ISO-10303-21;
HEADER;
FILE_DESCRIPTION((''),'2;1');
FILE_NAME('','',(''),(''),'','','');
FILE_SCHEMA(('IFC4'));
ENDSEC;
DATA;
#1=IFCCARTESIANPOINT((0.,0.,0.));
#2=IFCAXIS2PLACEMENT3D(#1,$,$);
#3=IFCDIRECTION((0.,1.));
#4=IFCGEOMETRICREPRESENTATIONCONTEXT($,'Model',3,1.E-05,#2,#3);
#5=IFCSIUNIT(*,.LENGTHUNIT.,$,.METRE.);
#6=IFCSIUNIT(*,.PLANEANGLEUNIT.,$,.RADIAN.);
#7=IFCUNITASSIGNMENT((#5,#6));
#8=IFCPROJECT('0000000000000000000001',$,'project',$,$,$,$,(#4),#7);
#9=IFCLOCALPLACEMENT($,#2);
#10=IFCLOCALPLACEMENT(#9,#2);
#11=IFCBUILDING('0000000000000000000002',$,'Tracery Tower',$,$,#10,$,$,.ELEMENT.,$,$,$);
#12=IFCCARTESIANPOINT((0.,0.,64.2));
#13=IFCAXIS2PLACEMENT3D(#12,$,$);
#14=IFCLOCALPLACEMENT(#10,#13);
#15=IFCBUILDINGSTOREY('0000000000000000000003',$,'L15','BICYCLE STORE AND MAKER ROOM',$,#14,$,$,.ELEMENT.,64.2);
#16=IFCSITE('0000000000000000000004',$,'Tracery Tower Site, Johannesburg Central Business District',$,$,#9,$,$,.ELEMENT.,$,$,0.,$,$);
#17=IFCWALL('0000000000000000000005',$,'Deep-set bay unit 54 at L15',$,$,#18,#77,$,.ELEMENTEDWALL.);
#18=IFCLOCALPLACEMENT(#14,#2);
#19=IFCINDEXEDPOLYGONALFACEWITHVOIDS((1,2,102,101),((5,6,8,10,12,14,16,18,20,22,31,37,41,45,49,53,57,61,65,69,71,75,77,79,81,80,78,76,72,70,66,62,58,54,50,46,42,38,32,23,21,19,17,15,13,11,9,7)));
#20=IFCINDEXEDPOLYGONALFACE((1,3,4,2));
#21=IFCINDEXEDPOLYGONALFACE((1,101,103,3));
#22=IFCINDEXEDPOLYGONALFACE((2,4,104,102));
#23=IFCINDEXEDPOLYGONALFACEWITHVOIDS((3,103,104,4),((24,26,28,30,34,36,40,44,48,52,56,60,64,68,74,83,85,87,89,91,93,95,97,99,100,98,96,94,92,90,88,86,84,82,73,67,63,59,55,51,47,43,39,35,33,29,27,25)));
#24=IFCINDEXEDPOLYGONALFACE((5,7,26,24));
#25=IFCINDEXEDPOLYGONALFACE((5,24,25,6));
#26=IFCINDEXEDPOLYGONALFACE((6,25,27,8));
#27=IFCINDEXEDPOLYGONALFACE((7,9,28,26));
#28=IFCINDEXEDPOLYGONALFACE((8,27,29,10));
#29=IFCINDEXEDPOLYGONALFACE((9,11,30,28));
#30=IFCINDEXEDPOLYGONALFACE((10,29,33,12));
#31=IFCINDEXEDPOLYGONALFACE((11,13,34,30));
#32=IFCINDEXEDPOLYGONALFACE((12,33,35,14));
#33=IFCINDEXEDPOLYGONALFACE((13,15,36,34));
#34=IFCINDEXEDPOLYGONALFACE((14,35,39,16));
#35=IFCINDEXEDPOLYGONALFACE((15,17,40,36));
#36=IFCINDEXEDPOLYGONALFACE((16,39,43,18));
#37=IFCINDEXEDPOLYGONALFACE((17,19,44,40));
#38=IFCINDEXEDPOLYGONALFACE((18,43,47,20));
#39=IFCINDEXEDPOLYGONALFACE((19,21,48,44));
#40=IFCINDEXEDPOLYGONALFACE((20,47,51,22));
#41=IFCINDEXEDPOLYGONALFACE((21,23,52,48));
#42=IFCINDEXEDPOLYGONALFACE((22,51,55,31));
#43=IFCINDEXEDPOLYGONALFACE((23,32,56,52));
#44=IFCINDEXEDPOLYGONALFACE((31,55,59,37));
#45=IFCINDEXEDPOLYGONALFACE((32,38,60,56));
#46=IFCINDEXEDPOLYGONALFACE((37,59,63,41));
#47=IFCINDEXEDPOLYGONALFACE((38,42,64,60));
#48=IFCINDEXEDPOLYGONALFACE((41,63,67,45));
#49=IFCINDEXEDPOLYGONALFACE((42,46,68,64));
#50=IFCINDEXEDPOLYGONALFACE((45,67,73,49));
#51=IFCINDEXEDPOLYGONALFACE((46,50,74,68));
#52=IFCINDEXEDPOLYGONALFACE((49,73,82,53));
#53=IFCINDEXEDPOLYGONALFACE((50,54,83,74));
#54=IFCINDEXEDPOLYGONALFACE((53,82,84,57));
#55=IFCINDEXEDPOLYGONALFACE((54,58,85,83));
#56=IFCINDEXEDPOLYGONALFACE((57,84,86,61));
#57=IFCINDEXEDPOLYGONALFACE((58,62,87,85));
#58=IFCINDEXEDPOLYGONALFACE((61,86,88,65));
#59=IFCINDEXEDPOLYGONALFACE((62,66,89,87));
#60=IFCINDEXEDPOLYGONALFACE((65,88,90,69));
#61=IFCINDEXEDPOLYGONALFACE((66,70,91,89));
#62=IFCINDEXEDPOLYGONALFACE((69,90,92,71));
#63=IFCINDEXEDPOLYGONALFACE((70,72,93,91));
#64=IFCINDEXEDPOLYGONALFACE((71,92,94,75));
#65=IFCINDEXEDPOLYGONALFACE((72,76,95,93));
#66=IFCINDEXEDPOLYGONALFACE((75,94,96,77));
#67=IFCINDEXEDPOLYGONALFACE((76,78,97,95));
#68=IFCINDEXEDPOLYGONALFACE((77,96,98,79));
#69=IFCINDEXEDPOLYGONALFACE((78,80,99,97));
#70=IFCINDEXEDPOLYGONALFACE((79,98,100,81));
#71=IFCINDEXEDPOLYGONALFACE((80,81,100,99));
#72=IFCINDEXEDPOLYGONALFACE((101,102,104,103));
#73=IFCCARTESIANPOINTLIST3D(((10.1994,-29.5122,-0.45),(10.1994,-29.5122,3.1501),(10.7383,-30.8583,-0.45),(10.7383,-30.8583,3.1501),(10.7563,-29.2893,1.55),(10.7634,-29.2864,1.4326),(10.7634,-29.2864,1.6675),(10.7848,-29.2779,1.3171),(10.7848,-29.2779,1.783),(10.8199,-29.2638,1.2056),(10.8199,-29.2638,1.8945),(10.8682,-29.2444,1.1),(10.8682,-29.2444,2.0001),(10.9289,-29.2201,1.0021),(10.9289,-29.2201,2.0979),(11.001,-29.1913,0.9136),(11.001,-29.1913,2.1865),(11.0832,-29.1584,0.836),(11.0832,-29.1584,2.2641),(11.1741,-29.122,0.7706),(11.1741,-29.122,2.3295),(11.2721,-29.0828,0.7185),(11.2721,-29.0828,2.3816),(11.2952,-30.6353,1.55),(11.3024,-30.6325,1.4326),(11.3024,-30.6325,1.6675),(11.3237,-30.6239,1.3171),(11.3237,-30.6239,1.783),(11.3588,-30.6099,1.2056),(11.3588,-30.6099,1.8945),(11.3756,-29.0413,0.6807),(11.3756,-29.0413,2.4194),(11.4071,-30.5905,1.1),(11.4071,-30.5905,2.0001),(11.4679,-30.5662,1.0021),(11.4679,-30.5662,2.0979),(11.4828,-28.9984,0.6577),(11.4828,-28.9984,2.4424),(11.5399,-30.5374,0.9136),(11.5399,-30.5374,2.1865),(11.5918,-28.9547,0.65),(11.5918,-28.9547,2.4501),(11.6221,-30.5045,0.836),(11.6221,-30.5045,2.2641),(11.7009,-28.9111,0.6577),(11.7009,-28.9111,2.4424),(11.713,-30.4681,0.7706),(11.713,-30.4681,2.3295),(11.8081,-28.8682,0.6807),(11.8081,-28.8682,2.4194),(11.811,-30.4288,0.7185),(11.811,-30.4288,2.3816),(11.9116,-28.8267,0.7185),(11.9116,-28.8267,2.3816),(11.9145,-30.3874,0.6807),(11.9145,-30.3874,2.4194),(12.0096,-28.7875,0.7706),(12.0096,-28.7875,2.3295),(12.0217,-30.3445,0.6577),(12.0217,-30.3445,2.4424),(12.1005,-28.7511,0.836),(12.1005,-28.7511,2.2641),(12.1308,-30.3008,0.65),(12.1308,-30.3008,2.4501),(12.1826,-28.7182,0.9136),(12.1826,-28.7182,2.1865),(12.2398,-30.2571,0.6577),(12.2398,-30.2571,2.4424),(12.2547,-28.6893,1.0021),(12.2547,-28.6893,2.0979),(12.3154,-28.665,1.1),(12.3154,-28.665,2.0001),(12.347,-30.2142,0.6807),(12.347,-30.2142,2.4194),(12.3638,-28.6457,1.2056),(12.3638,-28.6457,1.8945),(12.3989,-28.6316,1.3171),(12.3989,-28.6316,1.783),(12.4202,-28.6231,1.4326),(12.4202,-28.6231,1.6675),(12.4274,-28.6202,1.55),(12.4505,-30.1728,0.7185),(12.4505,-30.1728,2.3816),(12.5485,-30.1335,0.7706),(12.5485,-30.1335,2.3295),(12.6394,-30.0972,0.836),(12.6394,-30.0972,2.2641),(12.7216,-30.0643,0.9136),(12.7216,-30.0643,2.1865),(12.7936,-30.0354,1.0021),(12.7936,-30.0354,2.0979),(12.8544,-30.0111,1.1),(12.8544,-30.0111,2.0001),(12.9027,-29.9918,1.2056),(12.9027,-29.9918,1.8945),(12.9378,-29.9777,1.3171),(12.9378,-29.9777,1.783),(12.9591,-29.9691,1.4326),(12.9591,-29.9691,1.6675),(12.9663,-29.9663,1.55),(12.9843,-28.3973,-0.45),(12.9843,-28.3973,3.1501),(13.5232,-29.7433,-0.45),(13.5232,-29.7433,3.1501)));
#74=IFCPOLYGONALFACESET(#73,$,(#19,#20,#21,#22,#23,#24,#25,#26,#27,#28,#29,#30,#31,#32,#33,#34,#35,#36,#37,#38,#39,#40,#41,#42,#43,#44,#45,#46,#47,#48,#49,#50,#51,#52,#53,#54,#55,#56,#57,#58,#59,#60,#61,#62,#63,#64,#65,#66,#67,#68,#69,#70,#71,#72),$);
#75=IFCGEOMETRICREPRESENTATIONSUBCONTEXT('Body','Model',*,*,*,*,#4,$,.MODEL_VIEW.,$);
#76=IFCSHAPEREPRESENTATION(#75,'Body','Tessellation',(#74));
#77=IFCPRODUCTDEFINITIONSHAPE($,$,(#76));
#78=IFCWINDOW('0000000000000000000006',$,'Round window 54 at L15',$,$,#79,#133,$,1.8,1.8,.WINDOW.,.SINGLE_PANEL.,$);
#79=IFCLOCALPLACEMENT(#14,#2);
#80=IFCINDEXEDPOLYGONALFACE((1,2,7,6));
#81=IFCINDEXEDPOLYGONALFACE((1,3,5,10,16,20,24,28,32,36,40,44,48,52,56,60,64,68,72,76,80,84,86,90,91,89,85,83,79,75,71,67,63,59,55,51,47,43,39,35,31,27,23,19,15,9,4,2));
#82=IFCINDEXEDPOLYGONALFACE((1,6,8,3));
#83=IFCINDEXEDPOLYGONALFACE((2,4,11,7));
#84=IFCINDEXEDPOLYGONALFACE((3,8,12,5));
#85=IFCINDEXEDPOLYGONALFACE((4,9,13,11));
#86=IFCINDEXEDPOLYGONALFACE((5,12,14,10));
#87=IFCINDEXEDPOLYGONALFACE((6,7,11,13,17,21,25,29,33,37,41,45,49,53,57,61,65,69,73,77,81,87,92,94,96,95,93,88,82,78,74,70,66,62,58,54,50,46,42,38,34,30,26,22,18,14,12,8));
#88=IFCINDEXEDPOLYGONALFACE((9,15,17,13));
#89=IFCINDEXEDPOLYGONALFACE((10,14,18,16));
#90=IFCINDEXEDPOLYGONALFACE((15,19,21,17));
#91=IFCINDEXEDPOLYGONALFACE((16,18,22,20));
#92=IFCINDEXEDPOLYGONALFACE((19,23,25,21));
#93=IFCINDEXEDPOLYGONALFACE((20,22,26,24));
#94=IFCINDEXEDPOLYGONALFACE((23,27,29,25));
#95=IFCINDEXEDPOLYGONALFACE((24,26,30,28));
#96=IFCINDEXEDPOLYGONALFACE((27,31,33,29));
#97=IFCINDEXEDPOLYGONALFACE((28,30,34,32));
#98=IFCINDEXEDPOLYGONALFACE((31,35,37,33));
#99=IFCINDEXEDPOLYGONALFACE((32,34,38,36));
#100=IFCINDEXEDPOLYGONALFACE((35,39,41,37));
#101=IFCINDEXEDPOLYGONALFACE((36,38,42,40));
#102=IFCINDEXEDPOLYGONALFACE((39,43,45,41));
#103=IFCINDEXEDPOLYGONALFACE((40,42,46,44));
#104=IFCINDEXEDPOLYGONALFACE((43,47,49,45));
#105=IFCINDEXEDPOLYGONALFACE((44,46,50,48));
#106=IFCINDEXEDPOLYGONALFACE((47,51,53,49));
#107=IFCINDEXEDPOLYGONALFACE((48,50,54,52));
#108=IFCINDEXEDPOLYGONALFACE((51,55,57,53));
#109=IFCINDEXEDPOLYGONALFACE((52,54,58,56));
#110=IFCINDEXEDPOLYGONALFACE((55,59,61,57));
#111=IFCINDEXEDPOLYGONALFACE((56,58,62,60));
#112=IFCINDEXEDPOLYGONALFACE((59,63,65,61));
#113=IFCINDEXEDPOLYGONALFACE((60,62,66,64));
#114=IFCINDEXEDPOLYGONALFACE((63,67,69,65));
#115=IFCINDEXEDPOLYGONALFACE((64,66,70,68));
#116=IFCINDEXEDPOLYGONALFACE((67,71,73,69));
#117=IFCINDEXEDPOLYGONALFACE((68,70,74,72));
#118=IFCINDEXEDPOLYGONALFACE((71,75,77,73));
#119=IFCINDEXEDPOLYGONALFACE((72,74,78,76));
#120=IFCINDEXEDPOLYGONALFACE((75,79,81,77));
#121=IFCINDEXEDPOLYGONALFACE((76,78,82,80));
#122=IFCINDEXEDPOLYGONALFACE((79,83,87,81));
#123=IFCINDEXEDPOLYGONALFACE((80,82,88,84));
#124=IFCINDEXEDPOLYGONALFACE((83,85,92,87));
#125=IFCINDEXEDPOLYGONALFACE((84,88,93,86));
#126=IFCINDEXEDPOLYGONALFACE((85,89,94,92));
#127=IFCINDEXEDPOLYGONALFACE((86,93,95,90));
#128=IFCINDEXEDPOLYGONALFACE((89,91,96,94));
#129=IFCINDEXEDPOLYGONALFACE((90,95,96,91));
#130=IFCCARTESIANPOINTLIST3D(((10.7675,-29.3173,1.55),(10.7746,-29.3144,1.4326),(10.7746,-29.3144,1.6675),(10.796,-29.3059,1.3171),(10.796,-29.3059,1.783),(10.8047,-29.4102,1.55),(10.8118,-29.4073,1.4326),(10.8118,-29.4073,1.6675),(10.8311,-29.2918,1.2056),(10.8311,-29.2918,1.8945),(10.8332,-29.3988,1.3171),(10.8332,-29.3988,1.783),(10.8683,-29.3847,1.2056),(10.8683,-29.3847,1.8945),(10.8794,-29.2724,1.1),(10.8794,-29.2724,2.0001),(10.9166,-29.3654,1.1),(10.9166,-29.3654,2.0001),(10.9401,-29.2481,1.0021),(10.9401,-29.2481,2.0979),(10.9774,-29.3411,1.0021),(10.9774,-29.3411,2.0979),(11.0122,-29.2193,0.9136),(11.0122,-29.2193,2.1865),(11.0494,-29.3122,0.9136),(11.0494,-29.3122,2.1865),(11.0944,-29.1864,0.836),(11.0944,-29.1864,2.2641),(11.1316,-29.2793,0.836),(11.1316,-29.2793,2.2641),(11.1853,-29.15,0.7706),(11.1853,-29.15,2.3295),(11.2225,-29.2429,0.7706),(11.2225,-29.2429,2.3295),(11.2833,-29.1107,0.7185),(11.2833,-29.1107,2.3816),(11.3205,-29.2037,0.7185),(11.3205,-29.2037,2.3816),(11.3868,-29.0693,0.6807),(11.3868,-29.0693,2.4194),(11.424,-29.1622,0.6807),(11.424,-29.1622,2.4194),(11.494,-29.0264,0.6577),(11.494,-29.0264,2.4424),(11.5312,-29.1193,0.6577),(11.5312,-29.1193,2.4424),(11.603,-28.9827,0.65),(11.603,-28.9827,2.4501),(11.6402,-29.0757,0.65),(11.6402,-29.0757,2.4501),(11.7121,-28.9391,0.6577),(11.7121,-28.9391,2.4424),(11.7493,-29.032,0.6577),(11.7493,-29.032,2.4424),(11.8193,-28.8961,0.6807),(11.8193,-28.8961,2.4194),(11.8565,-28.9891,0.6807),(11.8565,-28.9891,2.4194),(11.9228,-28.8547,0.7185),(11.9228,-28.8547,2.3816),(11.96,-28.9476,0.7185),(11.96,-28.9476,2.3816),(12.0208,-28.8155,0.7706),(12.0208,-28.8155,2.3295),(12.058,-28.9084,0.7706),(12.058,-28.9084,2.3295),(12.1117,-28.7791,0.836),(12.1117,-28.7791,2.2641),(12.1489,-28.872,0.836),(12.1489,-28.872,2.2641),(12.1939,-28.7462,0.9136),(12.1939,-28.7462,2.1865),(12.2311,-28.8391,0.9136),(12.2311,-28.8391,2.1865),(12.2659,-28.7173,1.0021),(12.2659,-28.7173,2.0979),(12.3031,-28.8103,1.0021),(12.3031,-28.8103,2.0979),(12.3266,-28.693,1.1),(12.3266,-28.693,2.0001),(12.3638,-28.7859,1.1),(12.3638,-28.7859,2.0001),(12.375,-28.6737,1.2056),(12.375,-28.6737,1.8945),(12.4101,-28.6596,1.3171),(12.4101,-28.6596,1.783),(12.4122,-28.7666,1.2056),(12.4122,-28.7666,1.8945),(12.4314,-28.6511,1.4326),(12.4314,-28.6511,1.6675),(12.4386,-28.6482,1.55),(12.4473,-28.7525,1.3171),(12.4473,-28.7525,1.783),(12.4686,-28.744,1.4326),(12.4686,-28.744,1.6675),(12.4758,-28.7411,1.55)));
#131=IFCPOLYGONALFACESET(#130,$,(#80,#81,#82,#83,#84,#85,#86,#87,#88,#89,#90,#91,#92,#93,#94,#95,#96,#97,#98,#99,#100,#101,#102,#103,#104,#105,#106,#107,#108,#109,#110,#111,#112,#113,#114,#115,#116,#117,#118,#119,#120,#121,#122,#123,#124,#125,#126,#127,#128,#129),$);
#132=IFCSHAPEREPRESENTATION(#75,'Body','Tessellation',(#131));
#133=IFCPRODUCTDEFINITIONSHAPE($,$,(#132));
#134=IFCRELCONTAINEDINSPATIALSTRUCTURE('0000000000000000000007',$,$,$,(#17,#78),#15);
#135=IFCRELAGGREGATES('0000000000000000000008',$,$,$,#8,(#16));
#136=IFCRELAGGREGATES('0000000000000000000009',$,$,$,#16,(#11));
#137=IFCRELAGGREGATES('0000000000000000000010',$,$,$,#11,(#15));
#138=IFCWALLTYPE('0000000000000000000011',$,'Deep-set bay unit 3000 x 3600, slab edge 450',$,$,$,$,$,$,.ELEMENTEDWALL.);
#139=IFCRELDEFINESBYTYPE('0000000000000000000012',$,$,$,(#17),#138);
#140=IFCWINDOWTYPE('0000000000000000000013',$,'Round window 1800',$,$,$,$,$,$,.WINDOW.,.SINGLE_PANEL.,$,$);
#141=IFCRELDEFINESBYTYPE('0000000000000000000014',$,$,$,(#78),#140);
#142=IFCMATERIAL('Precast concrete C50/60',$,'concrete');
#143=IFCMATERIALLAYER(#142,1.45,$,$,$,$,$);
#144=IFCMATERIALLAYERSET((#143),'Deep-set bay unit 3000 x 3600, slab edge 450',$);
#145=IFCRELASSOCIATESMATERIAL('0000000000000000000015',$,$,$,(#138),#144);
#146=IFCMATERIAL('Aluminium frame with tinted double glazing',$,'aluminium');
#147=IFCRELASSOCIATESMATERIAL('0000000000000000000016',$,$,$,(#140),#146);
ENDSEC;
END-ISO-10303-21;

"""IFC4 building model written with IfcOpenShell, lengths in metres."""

from ifc_helpers import new_model, si_unit, direction, frame, frame_2d, origin, origin_2d, place, context, subcontext, project, spatial, rectangle, circle, extrude, material, layer, layer_set, type_object, element, fill, save


model = new_model("IFC4")

# Units and contexts
model_context = context("Model", 3, precision=1e-05, world=origin(), true_north=direction((0.0, 1.0)))
body_context = subcontext(model_context, "Body", "Model", "MODEL_VIEW")
ifc_project = project(units=[si_unit("LENGTHUNIT", "METRE"), si_unit("PLANEANGLEUNIT", "RADIAN")], contexts=[model_context])

# Site, building, storey
site_placement = place(None, origin())
site = spatial("IfcSite", under=ifc_project, at=site_placement, Name="Tracery Tower Site, Johannesburg Central Business District", CompositionType="ELEMENT", RefElevation=0.0)
building_placement = place(site_placement, origin())
building = spatial("IfcBuilding", under=site, at=building_placement, Name="Tracery Tower", CompositionType="ELEMENT")
storey_placement = place(building_placement, frame((0.0, 0.0, 64.2)))
storey = spatial("IfcBuildingStorey", under=building, at=storey_placement, Name="L15", Description="BICYCLE STORE AND MAKER ROOM", CompositionType="ELEMENT", Elevation=64.2)

# Wall, opening, window
ifc_material_1 = material(Name="Precast concrete C50/60", Category="concrete")
ifc_layer_1 = layer(ifc_material_1, 1.45)
ifc_layer_set_1 = layer_set([ifc_layer_1], Name="Deep-set bay unit 3000 x 3600, slab edge 450")
wall_type_1 = type_object("IfcWallType", Name="Deep-set bay unit 3000 x 3600, slab edge 450", PredefinedType="ELEMENTEDWALL", material=ifc_layer_set_1)
ifc_material_2 = material(Name="Aluminium frame with tinted double glazing", Category="aluminium")
window_type = type_object("IfcWindowType", Name="Round window 1800", PartitioningType="SINGLE_PANEL", PredefinedType="WINDOW", material=ifc_material_2)
wall_1_placement = place(storey_placement, frame((10.4688, -30.1853, -0.45), z_axis=(0.0, 0.0, 1.0), x_axis=(0.928359, 0.371685, 0.0)))
wall_1 = element("IfcWall", 1, at=wall_1_placement, inside=storey, type_object=wall_type_1, Name="Deep-set bay unit 54 at L15", PredefinedType="ELEMENTEDWALL", context=body_context, shape_type="SweptSolid", body=[
    extrude(rectangle(XDim=2.9998, YDim=1.45, at=frame_2d((1.5, 0.0))), origin(), (0.0, 0.0, 1.0), 3.6001),
])
opening_1_placement = place(wall_1_placement, frame((1.5, 0.0, 2.0)))
opening_1 = element("IfcOpeningElement", 2, at=opening_1_placement, cuts=wall_1, PredefinedType="OPENING", context=body_context, shape_type="SweptSolid", body=[
    extrude(circle(Radius=0.9, at=origin_2d()), frame((0.0, 0.7349, 0.0), z_axis=(0.0, -1.0, 0.0), x_axis=(1.0, 0.0, 0.0)), (0.0, 0.0, 1.0), 1.47),
])
window_1_placement = place(opening_1_placement, origin())
window_1 = element("IfcWindow", 3, at=window_1_placement, inside=storey, type_object=window_type, Name="Round window 54 at L15", OverallHeight=1.8, OverallWidth=1.8, PartitioningType="SINGLE_PANEL", PredefinedType="WINDOW", context=body_context, shape_type="SweptSolid", body=[
    extrude(circle(Radius=0.9, at=origin_2d()), frame((0.0, 0.6948, 0.0), z_axis=(0.0, -1.0, 0.0), x_axis=(1.0, 0.0, 0.0)), (0.0, 0.0, 1.0), 0.1001),
])
fill(opening_1, window_1)

save(model, "model.ifc")
